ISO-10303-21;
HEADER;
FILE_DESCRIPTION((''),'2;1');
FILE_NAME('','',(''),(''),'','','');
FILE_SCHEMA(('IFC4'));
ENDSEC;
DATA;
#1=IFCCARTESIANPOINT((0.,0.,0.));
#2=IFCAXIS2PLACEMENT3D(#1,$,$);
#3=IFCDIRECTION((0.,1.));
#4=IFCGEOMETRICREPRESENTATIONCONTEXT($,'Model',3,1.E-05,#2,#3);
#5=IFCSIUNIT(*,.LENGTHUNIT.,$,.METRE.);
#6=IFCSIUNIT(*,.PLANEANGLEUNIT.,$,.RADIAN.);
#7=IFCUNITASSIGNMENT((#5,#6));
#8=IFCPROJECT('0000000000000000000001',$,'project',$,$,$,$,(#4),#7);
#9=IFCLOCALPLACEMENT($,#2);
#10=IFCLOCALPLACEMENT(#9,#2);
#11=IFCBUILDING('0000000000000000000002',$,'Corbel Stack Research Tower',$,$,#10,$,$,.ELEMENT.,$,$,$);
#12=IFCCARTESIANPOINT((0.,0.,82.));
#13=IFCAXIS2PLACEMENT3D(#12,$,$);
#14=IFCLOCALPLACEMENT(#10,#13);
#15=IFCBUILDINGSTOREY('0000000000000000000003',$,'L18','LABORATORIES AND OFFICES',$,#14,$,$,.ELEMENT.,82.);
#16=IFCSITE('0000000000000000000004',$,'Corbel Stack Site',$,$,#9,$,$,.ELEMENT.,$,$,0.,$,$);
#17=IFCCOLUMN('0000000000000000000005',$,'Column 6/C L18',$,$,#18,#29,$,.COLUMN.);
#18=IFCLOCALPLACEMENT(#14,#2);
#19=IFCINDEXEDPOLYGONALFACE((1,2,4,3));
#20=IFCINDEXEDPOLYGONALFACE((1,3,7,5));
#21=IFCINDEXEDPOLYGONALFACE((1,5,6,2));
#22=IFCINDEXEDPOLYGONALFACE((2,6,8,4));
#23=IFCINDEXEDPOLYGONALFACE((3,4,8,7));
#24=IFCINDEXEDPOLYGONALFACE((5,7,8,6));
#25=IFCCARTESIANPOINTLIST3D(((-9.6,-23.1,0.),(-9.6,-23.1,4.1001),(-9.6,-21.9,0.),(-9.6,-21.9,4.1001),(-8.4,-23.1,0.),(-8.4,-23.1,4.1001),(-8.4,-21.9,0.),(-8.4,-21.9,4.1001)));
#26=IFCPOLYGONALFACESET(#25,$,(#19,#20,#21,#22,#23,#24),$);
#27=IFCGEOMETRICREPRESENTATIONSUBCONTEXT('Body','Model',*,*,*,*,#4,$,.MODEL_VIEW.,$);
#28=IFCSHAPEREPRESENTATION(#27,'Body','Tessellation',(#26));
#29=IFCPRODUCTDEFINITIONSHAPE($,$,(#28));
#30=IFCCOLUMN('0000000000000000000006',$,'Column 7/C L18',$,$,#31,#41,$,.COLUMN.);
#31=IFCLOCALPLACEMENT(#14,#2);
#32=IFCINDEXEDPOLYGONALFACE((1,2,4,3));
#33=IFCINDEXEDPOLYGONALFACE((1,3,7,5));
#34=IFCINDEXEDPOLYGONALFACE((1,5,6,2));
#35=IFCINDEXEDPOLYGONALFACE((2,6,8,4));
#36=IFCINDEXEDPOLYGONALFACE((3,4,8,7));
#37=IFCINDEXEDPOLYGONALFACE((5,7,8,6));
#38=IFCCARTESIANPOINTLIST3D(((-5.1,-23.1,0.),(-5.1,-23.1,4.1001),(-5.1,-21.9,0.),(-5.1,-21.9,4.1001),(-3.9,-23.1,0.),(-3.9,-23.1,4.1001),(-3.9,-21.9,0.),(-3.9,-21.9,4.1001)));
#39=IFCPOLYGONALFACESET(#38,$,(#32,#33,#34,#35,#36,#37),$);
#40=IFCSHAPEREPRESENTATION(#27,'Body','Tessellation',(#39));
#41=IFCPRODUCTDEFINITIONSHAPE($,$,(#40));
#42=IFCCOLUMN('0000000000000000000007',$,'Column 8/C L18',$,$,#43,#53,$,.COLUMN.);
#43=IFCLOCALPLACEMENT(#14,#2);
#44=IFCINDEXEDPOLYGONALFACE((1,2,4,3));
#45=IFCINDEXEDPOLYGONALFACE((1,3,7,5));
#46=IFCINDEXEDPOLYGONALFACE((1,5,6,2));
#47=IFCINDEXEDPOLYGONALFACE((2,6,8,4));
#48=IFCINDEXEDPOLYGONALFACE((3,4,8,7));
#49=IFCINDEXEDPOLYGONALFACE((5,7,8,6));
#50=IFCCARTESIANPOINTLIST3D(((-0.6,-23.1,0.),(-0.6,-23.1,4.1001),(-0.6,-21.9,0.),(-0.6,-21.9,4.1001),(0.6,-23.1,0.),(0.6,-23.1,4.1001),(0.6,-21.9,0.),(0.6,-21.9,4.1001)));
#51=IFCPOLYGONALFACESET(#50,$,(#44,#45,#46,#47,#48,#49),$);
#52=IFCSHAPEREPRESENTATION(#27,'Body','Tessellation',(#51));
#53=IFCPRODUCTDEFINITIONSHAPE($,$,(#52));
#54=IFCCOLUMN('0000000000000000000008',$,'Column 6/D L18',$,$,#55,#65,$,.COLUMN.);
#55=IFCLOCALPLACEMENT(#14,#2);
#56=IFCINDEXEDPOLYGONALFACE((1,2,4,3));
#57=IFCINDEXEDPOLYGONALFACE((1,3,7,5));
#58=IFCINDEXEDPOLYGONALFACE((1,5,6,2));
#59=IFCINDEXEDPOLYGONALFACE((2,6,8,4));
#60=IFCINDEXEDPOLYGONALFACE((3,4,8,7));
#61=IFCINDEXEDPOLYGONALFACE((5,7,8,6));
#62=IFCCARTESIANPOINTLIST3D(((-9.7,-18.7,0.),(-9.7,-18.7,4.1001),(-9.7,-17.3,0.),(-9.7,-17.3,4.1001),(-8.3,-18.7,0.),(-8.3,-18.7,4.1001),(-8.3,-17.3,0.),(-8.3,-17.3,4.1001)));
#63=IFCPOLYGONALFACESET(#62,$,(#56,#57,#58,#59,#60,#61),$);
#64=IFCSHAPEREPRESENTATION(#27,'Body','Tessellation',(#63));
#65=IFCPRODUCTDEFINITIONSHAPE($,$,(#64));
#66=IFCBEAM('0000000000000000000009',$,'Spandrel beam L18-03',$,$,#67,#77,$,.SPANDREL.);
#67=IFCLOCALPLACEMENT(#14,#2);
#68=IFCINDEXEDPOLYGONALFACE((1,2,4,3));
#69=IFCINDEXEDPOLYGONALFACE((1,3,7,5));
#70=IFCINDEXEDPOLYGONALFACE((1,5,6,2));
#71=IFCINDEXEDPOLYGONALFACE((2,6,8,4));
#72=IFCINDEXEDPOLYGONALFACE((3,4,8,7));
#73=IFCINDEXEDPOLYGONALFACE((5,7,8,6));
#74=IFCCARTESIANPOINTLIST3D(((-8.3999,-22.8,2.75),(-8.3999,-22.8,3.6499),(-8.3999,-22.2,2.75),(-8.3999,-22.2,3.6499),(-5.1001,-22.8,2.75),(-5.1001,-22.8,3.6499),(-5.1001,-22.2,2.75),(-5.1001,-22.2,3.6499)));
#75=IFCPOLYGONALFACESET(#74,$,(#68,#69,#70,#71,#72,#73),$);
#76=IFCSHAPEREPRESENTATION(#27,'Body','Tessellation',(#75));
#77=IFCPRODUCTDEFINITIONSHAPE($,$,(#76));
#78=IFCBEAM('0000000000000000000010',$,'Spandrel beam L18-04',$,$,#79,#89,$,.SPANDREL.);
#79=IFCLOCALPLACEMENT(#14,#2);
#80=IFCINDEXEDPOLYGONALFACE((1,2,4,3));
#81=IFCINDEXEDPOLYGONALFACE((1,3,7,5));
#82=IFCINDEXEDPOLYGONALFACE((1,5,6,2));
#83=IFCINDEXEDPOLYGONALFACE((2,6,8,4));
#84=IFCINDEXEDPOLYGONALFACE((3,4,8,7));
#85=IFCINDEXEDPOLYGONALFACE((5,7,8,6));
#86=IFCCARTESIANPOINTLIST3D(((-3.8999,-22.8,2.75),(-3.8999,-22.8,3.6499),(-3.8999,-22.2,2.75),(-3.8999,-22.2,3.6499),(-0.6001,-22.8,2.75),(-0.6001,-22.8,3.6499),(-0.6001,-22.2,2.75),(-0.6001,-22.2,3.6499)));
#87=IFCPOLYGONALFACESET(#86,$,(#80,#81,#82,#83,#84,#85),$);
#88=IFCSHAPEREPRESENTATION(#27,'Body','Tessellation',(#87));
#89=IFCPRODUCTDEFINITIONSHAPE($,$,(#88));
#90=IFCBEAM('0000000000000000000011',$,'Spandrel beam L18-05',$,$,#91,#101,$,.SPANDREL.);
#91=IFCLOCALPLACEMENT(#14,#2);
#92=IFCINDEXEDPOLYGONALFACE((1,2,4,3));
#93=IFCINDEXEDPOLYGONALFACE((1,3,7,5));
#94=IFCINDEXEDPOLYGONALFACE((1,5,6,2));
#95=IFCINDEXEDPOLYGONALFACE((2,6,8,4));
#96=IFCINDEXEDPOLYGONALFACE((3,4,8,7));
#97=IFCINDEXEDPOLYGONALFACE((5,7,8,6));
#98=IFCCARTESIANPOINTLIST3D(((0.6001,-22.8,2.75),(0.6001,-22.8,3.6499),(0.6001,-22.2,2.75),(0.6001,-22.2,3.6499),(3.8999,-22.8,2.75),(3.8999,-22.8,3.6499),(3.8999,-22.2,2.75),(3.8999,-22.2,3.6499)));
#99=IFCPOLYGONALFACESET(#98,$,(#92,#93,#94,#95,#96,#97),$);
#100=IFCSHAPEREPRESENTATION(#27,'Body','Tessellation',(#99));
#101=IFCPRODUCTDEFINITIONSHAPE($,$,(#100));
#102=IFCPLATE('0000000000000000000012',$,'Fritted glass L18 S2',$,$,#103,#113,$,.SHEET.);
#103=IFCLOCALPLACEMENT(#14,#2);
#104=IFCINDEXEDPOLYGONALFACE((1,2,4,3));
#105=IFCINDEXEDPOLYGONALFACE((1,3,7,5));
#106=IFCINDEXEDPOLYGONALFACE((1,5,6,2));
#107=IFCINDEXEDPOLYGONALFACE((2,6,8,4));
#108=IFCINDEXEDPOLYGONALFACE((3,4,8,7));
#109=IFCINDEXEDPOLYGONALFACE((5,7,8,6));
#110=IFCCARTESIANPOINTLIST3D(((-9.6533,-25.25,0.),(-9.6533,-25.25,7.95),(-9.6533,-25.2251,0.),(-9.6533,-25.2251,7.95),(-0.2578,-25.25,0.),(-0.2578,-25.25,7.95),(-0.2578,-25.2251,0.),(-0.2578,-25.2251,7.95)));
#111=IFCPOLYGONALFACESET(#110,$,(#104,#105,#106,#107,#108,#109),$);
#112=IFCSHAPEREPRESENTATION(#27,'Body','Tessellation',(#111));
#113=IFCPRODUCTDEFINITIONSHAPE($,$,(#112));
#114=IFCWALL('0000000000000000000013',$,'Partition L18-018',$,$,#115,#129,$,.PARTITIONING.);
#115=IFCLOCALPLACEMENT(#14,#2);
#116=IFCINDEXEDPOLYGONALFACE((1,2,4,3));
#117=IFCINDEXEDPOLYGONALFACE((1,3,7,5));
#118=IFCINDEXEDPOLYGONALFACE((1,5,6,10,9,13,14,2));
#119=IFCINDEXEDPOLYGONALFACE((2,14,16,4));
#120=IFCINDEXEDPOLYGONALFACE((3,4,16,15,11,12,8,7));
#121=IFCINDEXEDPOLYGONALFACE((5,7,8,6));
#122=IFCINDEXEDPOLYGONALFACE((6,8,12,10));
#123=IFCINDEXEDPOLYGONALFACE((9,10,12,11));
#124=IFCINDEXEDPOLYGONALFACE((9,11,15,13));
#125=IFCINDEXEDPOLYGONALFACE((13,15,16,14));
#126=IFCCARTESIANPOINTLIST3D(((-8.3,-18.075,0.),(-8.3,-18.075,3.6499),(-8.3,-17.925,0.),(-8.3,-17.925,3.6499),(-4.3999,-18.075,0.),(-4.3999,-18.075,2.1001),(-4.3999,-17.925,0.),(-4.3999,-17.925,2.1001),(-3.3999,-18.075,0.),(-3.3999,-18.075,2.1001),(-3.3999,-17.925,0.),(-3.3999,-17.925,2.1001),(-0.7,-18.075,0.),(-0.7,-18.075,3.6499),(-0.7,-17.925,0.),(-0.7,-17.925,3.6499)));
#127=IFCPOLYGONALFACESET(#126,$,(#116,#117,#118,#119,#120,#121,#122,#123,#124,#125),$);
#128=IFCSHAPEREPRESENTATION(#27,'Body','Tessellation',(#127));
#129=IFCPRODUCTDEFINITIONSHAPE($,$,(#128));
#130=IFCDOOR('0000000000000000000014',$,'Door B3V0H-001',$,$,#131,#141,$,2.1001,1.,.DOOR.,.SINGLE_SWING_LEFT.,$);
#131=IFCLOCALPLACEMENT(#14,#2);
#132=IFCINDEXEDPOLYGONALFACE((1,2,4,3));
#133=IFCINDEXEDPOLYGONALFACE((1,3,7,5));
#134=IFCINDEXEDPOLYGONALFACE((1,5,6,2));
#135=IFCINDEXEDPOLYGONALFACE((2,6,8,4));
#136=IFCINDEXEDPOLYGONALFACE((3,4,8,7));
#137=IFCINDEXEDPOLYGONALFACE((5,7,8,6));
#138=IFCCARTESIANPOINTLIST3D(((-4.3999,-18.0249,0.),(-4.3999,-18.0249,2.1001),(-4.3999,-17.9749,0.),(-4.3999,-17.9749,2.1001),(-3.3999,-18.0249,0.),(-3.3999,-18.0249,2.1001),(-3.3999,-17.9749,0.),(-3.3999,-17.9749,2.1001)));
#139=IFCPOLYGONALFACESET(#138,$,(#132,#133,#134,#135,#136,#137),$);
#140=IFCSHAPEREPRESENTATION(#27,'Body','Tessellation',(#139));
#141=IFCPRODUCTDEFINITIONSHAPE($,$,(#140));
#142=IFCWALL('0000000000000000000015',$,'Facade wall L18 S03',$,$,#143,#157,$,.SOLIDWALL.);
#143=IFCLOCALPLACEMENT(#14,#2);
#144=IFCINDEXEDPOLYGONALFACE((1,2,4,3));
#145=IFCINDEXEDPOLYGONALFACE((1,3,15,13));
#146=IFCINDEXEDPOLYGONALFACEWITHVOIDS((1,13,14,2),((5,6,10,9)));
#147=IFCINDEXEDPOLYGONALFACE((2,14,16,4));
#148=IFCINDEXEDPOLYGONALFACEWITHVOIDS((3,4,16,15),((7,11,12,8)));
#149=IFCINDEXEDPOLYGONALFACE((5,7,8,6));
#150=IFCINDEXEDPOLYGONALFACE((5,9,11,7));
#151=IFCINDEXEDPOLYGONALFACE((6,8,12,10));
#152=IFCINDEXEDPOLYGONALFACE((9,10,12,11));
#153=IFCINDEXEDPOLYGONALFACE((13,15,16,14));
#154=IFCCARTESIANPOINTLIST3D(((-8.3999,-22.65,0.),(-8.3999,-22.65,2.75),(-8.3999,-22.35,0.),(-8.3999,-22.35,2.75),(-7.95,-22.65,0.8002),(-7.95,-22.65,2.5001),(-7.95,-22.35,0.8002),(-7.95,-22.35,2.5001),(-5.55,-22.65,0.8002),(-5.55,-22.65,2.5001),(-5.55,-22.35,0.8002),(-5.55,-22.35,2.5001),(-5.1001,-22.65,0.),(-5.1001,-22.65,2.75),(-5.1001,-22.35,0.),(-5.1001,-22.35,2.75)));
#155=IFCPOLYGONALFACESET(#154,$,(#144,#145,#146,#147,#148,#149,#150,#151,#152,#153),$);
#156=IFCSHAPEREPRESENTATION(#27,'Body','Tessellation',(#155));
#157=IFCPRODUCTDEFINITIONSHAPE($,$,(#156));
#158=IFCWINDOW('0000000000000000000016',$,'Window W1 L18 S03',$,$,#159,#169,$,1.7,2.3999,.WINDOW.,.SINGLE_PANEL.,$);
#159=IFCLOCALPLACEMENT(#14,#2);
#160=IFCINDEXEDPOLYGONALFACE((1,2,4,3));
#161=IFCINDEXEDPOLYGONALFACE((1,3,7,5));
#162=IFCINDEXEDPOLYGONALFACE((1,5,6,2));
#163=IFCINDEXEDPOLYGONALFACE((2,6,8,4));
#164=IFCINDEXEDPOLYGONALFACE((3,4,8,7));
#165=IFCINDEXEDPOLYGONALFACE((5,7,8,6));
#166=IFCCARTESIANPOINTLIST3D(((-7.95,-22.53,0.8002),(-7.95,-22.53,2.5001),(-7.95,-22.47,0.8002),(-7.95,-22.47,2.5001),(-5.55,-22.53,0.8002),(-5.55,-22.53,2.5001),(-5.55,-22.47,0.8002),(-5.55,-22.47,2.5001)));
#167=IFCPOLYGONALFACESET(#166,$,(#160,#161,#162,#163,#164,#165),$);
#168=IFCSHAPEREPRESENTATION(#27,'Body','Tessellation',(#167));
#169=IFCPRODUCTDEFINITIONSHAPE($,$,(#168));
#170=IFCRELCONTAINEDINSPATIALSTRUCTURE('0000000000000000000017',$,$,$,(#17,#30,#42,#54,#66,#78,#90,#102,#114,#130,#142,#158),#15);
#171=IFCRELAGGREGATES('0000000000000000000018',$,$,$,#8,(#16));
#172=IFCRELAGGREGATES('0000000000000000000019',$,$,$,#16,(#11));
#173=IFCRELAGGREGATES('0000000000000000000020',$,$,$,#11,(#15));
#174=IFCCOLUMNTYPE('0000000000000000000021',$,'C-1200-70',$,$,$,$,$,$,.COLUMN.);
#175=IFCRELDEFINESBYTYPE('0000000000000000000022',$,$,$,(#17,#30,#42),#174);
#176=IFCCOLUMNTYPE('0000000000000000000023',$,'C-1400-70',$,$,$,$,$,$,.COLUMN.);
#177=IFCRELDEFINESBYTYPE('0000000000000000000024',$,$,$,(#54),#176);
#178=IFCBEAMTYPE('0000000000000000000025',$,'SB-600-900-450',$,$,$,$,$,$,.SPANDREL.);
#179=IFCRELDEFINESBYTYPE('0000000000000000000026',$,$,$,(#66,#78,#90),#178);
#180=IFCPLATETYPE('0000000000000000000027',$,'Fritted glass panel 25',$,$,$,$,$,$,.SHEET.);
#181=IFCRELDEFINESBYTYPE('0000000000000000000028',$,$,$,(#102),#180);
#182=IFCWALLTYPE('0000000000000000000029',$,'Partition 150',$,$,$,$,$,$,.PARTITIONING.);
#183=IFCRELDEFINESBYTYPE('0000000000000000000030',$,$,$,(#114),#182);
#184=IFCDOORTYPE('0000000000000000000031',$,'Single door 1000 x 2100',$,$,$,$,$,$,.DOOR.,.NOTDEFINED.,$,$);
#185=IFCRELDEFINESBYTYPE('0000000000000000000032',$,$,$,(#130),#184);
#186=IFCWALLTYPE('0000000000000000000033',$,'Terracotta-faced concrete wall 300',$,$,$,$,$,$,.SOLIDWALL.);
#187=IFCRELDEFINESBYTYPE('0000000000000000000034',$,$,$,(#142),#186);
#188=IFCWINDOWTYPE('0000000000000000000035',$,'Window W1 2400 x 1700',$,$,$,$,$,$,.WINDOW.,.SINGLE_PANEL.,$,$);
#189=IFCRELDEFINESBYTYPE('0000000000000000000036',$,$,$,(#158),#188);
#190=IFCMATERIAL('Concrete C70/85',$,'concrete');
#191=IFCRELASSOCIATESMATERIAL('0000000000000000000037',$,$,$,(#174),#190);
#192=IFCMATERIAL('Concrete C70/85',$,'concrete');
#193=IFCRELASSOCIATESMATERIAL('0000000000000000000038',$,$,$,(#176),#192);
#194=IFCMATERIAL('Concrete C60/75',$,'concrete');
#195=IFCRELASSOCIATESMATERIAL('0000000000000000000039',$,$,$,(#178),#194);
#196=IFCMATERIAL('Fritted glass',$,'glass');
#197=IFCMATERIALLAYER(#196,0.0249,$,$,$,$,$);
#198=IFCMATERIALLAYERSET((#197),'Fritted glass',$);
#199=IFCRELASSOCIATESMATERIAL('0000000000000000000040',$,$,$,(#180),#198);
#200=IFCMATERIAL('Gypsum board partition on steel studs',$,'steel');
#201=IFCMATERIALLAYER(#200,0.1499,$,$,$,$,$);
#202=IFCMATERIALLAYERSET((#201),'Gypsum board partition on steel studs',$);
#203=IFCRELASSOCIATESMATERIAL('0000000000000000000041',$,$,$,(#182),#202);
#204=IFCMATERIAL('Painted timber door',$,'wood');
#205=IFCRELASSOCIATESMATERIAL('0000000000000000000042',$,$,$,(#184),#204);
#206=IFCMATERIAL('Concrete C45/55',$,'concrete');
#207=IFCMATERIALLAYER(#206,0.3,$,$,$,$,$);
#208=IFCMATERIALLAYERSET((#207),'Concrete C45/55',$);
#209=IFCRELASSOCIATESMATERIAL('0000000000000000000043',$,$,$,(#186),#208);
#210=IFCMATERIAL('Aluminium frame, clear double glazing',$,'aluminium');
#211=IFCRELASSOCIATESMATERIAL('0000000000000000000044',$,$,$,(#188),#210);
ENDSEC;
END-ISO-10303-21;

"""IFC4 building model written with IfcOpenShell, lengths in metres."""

from ifc_helpers import new_model, si_unit, direction, frame, frame_2d, origin, origin_2d, place, context, subcontext, project, spatial, rectangle, extrude, material, layer, layer_set, material_profile, profile_set, type_object, element, fill, save


model = new_model("IFC4")

# Units and contexts
model_context = context("Model", 3, precision=1e-05, world=origin(), true_north=direction((0.0, 1.0)))
body_context = subcontext(model_context, "Body", "Model", "MODEL_VIEW")
ifc_project = project(units=[si_unit("LENGTHUNIT", "METRE"), si_unit("PLANEANGLEUNIT", "RADIAN")], contexts=[model_context])

# Site, building, storey
site_placement = place(None, origin())
site = spatial("IfcSite", under=ifc_project, at=site_placement, Name="Corbel Stack Site", CompositionType="ELEMENT", RefElevation=0.0)
building_placement = place(site_placement, origin())
building = spatial("IfcBuilding", under=site, at=building_placement, Name="Corbel Stack Research Tower", CompositionType="ELEMENT")
storey_placement = place(building_placement, frame((0.0, 0.0, 82.0)))
storey = spatial("IfcBuildingStorey", under=building, at=storey_placement, Name="L18", Description="LABORATORIES AND OFFICES", CompositionType="ELEMENT", Elevation=82.0)

# Columns
ifc_material_1 = material(Name="Concrete C70/85", Category="concrete")
ifc_material_profile_1 = material_profile(ifc_material_1, rectangle(XDim=1.2, YDim=1.2, at=origin_2d()), Name="RC 1200 x 1200")
ifc_profile_set_1 = profile_set([ifc_material_profile_1], Name="Concrete C70/85")
column_type_1 = type_object("IfcColumnType", Name="C-1200-70", PredefinedType="COLUMN", material=ifc_profile_set_1)
for number, where, z_axis, x_axis, name in (
    (1, (-9.0, -22.5, 0.0), (0.0, 0.0, 1.0), (1.0, 0.0, 0.0), "Column 6/C L18"),
    (2, (-4.5, -22.5, 0.0), (0.0, 0.0, 1.0), (1.0, 0.0, 0.0), "Column 7/C L18"),
    (3, (0.0, -22.5, 0.0), (0.0, 0.0, 1.0), (1.0, 0.0, 0.0), "Column 8/C L18"),
):
    element("IfcColumn", number, at=place(storey_placement, frame(where, z_axis=z_axis, x_axis=x_axis)), inside=storey, type_object=column_type_1, Name=name, PredefinedType="COLUMN", context=body_context, shape_type="SweptSolid", body=[
        extrude(rectangle(XDim=1.2, YDim=1.2, at=origin_2d()), origin(), (0.0, 0.0, 1.0), 4.1001),
    ])
ifc_material_2 = material(Name="Concrete C70/85", Category="concrete")
ifc_material_profile_2 = material_profile(ifc_material_2, rectangle(XDim=1.3999, YDim=1.3999, at=origin_2d()), Name="RC 1400 x 1400")
ifc_profile_set_2 = profile_set([ifc_material_profile_2], Name="Concrete C70/85")
column_type_2 = type_object("IfcColumnType", Name="C-1400-70", PredefinedType="COLUMN", material=ifc_profile_set_2)
column_placement = place(storey_placement, frame((-9.0, -18.0, 0.0), z_axis=(0.0, 0.0, 1.0), x_axis=(1.0, 0.0, 0.0)))
element("IfcColumn", 4, at=column_placement, inside=storey, type_object=column_type_2, Name="Column 6/D L18", PredefinedType="COLUMN", context=body_context, shape_type="SweptSolid", body=[
    extrude(rectangle(XDim=1.3999, YDim=1.3999, at=origin_2d()), origin(), (0.0, 0.0, 1.0), 4.1001),
])

# Beams
ifc_material_3 = material(Name="Concrete C60/75", Category="concrete")
ifc_material_profile_3 = material_profile(ifc_material_3, rectangle(XDim=0.6001, YDim=0.8999, at=origin_2d()), Name="RC 600 x 900")
ifc_profile_set_3 = profile_set([ifc_material_profile_3], Name="Concrete C60/75")
beam_type = type_object("IfcBeamType", Name="SB-600-900-450", PredefinedType="SPANDREL", material=ifc_profile_set_3)
for number, where, z_axis, x_axis, name in (
    (5, (-8.3999, -22.5, 3.2), (1.0, 0.0, 0.0), (0.0, 1.0, 0.0), "Spandrel beam L18-03"),
    (6, (-3.8999, -22.5, 3.2), (1.0, 0.0, 0.0), (0.0, 1.0, 0.0), "Spandrel beam L18-04"),
    (7, (0.6001, -22.5, 3.2), (1.0, 0.0, 0.0), (0.0, 1.0, 0.0), "Spandrel beam L18-05"),
):
    element("IfcBeam", number, at=place(storey_placement, frame(where, z_axis=z_axis, x_axis=x_axis)), inside=storey, type_object=beam_type, Name=name, PredefinedType="SPANDREL", context=body_context, shape_type="SweptSolid", body=[
        extrude(rectangle(XDim=0.6001, YDim=0.8999, at=origin_2d()), origin(), (0.0, 0.0, 1.0), 3.2998),
    ])

# Plate
ifc_material_4 = material(Name="Fritted glass", Category="glass")
ifc_layer_1 = layer(ifc_material_4, 0.0249)
ifc_layer_set_1 = layer_set([ifc_layer_1], Name="Fritted glass")
plate_type = type_object("IfcPlateType", Name="Fritted glass panel 25", PredefinedType="SHEET", material=ifc_layer_set_1)
plate_placement = place(storey_placement, frame((-4.9556, -25.2375, 0.0), z_axis=(0.0, 0.0, 1.0), x_axis=(1.0, 0.0, 0.0)))
element("IfcPlate", 8, at=plate_placement, inside=storey, type_object=plate_type, Name="Fritted glass L18 S2", PredefinedType="SHEET", context=body_context, shape_type="SweptSolid", body=[
    extrude(rectangle(XDim=9.3955, YDim=0.0249, at=origin_2d()), origin(), (0.0, 0.0, 1.0), 7.95),
])

# Wall, opening, door
ifc_material_5 = material(Name="Gypsum board partition on steel studs", Category="steel")
ifc_layer_2 = layer(ifc_material_5, 0.1499)
ifc_layer_set_2 = layer_set([ifc_layer_2], Name="Gypsum board partition on steel studs")
wall_type_1 = type_object("IfcWallType", Name="Partition 150", PredefinedType="PARTITIONING", material=ifc_layer_set_2)
wall_1_placement = place(storey_placement, frame((-0.7, -18.0, 0.0), z_axis=(0.0, 0.0, 1.0), x_axis=(-1.0, 0.0, 0.0)))
wall_1 = element("IfcWall", 9, at=wall_1_placement, inside=storey, type_object=wall_type_1, Name="Partition L18-018", PredefinedType="PARTITIONING", context=body_context, shape_type="SweptSolid", body=[
    extrude(rectangle(XDim=7.6001, YDim=0.1499, at=frame_2d((3.8, 0.0))), origin(), (0.0, 0.0, 1.0), 3.6499),
])
opening_1_placement = place(wall_1_placement, frame((2.7, 0.0, 0.0)))
opening_1 = element("IfcOpeningElement", 10, at=opening_1_placement, cuts=wall_1, PredefinedType="OPENING", context=body_context, shape_type="SweptSolid", body=[
    extrude(rectangle(XDim=1.0, YDim=2.1001, at=frame_2d((0.5, 1.05))), frame((0.0, 0.085, 0.0), z_axis=(0.0, -1.0, 0.0), x_axis=(1.0, 0.0, 0.0)), (0.0, 0.0, 1.0), 0.1699),
])
ifc_material_6 = material(Name="Painted timber door", Category="wood")
door_type = type_object("IfcDoorType", Name="Single door 1000 x 2100", OperationType="NOTDEFINED", PredefinedType="DOOR", material=ifc_material_6)
door_placement = place(opening_1_placement, origin())
door = element("IfcDoor", 11, at=door_placement, inside=storey, type_object=door_type, Name="Door B3V0H-001", OperationType="SINGLE_SWING_LEFT", OverallHeight=2.1001, OverallWidth=1.0, PredefinedType="DOOR", context=body_context, shape_type="SweptSolid", body=[
    extrude(rectangle(XDim=1.0, YDim=2.1001, at=frame_2d((0.5, 1.05))), frame((0.0, 0.0249, 0.0), z_axis=(0.0, -1.0, 0.0), x_axis=(1.0, 0.0, 0.0)), (0.0, 0.0, 1.0), 0.05),
])
fill(opening_1, door)

# Wall, opening, window
ifc_material_7 = material(Name="Concrete C45/55", Category="concrete")
ifc_layer_3 = layer(ifc_material_7, 0.3)
ifc_layer_set_3 = layer_set([ifc_layer_3], Name="Concrete C45/55")
wall_type_2 = type_object("IfcWallType", Name="Terracotta-faced concrete wall 300", PredefinedType="SOLIDWALL", material=ifc_layer_set_3)
wall_2_placement = place(storey_placement, frame((-5.1001, -22.5, 0.0), z_axis=(0.0, 0.0, 1.0), x_axis=(-1.0, 0.0, 0.0)))
wall_2 = element("IfcWall", 12, at=wall_2_placement, inside=storey, type_object=wall_type_2, Name="Facade wall L18 S03", PredefinedType="SOLIDWALL", context=body_context, shape_type="SweptSolid", body=[
    extrude(rectangle(XDim=3.2998, YDim=0.3, at=frame_2d((1.6499, 0.0))), origin(), (0.0, 0.0, 1.0), 2.75),
])
opening_2_placement = place(wall_2_placement, frame((0.45, 0.0, 0.8)))
opening_2 = element("IfcOpeningElement", 13, at=opening_2_placement, cuts=wall_2, PredefinedType="OPENING", context=body_context, shape_type="SweptSolid", body=[
    extrude(rectangle(XDim=2.3999, YDim=1.7, at=frame_2d((1.2, 0.8501))), frame((0.0, 0.1599, 0.0), z_axis=(0.0, -1.0, 0.0), x_axis=(1.0, 0.0, 0.0)), (0.0, 0.0, 1.0), 0.3201),
])
ifc_material_8 = material(Name="Aluminium frame, clear double glazing", Category="aluminium")
window_type = type_object("IfcWindowType", Name="Window W1 2400 x 1700", PartitioningType="SINGLE_PANEL", PredefinedType="WINDOW", material=ifc_material_8)
window_1_placement = place(opening_2_placement, origin())
window_1 = element("IfcWindow", 14, at=window_1_placement, inside=storey, type_object=window_type, Name="Window W1 L18 S03", OverallHeight=1.7, OverallWidth=2.3999, PartitioningType="SINGLE_PANEL", PredefinedType="WINDOW", context=body_context, shape_type="SweptSolid", body=[
    extrude(rectangle(XDim=2.3999, YDim=1.7, at=frame_2d((1.2, 0.8501))), frame((0.0, 0.03, 0.0), z_axis=(0.0, -1.0, 0.0), x_axis=(1.0, 0.0, 0.0)), (0.0, 0.0, 1.0), 0.0601),
])
fill(opening_2, window_1)

save(model, "model.ifc")
